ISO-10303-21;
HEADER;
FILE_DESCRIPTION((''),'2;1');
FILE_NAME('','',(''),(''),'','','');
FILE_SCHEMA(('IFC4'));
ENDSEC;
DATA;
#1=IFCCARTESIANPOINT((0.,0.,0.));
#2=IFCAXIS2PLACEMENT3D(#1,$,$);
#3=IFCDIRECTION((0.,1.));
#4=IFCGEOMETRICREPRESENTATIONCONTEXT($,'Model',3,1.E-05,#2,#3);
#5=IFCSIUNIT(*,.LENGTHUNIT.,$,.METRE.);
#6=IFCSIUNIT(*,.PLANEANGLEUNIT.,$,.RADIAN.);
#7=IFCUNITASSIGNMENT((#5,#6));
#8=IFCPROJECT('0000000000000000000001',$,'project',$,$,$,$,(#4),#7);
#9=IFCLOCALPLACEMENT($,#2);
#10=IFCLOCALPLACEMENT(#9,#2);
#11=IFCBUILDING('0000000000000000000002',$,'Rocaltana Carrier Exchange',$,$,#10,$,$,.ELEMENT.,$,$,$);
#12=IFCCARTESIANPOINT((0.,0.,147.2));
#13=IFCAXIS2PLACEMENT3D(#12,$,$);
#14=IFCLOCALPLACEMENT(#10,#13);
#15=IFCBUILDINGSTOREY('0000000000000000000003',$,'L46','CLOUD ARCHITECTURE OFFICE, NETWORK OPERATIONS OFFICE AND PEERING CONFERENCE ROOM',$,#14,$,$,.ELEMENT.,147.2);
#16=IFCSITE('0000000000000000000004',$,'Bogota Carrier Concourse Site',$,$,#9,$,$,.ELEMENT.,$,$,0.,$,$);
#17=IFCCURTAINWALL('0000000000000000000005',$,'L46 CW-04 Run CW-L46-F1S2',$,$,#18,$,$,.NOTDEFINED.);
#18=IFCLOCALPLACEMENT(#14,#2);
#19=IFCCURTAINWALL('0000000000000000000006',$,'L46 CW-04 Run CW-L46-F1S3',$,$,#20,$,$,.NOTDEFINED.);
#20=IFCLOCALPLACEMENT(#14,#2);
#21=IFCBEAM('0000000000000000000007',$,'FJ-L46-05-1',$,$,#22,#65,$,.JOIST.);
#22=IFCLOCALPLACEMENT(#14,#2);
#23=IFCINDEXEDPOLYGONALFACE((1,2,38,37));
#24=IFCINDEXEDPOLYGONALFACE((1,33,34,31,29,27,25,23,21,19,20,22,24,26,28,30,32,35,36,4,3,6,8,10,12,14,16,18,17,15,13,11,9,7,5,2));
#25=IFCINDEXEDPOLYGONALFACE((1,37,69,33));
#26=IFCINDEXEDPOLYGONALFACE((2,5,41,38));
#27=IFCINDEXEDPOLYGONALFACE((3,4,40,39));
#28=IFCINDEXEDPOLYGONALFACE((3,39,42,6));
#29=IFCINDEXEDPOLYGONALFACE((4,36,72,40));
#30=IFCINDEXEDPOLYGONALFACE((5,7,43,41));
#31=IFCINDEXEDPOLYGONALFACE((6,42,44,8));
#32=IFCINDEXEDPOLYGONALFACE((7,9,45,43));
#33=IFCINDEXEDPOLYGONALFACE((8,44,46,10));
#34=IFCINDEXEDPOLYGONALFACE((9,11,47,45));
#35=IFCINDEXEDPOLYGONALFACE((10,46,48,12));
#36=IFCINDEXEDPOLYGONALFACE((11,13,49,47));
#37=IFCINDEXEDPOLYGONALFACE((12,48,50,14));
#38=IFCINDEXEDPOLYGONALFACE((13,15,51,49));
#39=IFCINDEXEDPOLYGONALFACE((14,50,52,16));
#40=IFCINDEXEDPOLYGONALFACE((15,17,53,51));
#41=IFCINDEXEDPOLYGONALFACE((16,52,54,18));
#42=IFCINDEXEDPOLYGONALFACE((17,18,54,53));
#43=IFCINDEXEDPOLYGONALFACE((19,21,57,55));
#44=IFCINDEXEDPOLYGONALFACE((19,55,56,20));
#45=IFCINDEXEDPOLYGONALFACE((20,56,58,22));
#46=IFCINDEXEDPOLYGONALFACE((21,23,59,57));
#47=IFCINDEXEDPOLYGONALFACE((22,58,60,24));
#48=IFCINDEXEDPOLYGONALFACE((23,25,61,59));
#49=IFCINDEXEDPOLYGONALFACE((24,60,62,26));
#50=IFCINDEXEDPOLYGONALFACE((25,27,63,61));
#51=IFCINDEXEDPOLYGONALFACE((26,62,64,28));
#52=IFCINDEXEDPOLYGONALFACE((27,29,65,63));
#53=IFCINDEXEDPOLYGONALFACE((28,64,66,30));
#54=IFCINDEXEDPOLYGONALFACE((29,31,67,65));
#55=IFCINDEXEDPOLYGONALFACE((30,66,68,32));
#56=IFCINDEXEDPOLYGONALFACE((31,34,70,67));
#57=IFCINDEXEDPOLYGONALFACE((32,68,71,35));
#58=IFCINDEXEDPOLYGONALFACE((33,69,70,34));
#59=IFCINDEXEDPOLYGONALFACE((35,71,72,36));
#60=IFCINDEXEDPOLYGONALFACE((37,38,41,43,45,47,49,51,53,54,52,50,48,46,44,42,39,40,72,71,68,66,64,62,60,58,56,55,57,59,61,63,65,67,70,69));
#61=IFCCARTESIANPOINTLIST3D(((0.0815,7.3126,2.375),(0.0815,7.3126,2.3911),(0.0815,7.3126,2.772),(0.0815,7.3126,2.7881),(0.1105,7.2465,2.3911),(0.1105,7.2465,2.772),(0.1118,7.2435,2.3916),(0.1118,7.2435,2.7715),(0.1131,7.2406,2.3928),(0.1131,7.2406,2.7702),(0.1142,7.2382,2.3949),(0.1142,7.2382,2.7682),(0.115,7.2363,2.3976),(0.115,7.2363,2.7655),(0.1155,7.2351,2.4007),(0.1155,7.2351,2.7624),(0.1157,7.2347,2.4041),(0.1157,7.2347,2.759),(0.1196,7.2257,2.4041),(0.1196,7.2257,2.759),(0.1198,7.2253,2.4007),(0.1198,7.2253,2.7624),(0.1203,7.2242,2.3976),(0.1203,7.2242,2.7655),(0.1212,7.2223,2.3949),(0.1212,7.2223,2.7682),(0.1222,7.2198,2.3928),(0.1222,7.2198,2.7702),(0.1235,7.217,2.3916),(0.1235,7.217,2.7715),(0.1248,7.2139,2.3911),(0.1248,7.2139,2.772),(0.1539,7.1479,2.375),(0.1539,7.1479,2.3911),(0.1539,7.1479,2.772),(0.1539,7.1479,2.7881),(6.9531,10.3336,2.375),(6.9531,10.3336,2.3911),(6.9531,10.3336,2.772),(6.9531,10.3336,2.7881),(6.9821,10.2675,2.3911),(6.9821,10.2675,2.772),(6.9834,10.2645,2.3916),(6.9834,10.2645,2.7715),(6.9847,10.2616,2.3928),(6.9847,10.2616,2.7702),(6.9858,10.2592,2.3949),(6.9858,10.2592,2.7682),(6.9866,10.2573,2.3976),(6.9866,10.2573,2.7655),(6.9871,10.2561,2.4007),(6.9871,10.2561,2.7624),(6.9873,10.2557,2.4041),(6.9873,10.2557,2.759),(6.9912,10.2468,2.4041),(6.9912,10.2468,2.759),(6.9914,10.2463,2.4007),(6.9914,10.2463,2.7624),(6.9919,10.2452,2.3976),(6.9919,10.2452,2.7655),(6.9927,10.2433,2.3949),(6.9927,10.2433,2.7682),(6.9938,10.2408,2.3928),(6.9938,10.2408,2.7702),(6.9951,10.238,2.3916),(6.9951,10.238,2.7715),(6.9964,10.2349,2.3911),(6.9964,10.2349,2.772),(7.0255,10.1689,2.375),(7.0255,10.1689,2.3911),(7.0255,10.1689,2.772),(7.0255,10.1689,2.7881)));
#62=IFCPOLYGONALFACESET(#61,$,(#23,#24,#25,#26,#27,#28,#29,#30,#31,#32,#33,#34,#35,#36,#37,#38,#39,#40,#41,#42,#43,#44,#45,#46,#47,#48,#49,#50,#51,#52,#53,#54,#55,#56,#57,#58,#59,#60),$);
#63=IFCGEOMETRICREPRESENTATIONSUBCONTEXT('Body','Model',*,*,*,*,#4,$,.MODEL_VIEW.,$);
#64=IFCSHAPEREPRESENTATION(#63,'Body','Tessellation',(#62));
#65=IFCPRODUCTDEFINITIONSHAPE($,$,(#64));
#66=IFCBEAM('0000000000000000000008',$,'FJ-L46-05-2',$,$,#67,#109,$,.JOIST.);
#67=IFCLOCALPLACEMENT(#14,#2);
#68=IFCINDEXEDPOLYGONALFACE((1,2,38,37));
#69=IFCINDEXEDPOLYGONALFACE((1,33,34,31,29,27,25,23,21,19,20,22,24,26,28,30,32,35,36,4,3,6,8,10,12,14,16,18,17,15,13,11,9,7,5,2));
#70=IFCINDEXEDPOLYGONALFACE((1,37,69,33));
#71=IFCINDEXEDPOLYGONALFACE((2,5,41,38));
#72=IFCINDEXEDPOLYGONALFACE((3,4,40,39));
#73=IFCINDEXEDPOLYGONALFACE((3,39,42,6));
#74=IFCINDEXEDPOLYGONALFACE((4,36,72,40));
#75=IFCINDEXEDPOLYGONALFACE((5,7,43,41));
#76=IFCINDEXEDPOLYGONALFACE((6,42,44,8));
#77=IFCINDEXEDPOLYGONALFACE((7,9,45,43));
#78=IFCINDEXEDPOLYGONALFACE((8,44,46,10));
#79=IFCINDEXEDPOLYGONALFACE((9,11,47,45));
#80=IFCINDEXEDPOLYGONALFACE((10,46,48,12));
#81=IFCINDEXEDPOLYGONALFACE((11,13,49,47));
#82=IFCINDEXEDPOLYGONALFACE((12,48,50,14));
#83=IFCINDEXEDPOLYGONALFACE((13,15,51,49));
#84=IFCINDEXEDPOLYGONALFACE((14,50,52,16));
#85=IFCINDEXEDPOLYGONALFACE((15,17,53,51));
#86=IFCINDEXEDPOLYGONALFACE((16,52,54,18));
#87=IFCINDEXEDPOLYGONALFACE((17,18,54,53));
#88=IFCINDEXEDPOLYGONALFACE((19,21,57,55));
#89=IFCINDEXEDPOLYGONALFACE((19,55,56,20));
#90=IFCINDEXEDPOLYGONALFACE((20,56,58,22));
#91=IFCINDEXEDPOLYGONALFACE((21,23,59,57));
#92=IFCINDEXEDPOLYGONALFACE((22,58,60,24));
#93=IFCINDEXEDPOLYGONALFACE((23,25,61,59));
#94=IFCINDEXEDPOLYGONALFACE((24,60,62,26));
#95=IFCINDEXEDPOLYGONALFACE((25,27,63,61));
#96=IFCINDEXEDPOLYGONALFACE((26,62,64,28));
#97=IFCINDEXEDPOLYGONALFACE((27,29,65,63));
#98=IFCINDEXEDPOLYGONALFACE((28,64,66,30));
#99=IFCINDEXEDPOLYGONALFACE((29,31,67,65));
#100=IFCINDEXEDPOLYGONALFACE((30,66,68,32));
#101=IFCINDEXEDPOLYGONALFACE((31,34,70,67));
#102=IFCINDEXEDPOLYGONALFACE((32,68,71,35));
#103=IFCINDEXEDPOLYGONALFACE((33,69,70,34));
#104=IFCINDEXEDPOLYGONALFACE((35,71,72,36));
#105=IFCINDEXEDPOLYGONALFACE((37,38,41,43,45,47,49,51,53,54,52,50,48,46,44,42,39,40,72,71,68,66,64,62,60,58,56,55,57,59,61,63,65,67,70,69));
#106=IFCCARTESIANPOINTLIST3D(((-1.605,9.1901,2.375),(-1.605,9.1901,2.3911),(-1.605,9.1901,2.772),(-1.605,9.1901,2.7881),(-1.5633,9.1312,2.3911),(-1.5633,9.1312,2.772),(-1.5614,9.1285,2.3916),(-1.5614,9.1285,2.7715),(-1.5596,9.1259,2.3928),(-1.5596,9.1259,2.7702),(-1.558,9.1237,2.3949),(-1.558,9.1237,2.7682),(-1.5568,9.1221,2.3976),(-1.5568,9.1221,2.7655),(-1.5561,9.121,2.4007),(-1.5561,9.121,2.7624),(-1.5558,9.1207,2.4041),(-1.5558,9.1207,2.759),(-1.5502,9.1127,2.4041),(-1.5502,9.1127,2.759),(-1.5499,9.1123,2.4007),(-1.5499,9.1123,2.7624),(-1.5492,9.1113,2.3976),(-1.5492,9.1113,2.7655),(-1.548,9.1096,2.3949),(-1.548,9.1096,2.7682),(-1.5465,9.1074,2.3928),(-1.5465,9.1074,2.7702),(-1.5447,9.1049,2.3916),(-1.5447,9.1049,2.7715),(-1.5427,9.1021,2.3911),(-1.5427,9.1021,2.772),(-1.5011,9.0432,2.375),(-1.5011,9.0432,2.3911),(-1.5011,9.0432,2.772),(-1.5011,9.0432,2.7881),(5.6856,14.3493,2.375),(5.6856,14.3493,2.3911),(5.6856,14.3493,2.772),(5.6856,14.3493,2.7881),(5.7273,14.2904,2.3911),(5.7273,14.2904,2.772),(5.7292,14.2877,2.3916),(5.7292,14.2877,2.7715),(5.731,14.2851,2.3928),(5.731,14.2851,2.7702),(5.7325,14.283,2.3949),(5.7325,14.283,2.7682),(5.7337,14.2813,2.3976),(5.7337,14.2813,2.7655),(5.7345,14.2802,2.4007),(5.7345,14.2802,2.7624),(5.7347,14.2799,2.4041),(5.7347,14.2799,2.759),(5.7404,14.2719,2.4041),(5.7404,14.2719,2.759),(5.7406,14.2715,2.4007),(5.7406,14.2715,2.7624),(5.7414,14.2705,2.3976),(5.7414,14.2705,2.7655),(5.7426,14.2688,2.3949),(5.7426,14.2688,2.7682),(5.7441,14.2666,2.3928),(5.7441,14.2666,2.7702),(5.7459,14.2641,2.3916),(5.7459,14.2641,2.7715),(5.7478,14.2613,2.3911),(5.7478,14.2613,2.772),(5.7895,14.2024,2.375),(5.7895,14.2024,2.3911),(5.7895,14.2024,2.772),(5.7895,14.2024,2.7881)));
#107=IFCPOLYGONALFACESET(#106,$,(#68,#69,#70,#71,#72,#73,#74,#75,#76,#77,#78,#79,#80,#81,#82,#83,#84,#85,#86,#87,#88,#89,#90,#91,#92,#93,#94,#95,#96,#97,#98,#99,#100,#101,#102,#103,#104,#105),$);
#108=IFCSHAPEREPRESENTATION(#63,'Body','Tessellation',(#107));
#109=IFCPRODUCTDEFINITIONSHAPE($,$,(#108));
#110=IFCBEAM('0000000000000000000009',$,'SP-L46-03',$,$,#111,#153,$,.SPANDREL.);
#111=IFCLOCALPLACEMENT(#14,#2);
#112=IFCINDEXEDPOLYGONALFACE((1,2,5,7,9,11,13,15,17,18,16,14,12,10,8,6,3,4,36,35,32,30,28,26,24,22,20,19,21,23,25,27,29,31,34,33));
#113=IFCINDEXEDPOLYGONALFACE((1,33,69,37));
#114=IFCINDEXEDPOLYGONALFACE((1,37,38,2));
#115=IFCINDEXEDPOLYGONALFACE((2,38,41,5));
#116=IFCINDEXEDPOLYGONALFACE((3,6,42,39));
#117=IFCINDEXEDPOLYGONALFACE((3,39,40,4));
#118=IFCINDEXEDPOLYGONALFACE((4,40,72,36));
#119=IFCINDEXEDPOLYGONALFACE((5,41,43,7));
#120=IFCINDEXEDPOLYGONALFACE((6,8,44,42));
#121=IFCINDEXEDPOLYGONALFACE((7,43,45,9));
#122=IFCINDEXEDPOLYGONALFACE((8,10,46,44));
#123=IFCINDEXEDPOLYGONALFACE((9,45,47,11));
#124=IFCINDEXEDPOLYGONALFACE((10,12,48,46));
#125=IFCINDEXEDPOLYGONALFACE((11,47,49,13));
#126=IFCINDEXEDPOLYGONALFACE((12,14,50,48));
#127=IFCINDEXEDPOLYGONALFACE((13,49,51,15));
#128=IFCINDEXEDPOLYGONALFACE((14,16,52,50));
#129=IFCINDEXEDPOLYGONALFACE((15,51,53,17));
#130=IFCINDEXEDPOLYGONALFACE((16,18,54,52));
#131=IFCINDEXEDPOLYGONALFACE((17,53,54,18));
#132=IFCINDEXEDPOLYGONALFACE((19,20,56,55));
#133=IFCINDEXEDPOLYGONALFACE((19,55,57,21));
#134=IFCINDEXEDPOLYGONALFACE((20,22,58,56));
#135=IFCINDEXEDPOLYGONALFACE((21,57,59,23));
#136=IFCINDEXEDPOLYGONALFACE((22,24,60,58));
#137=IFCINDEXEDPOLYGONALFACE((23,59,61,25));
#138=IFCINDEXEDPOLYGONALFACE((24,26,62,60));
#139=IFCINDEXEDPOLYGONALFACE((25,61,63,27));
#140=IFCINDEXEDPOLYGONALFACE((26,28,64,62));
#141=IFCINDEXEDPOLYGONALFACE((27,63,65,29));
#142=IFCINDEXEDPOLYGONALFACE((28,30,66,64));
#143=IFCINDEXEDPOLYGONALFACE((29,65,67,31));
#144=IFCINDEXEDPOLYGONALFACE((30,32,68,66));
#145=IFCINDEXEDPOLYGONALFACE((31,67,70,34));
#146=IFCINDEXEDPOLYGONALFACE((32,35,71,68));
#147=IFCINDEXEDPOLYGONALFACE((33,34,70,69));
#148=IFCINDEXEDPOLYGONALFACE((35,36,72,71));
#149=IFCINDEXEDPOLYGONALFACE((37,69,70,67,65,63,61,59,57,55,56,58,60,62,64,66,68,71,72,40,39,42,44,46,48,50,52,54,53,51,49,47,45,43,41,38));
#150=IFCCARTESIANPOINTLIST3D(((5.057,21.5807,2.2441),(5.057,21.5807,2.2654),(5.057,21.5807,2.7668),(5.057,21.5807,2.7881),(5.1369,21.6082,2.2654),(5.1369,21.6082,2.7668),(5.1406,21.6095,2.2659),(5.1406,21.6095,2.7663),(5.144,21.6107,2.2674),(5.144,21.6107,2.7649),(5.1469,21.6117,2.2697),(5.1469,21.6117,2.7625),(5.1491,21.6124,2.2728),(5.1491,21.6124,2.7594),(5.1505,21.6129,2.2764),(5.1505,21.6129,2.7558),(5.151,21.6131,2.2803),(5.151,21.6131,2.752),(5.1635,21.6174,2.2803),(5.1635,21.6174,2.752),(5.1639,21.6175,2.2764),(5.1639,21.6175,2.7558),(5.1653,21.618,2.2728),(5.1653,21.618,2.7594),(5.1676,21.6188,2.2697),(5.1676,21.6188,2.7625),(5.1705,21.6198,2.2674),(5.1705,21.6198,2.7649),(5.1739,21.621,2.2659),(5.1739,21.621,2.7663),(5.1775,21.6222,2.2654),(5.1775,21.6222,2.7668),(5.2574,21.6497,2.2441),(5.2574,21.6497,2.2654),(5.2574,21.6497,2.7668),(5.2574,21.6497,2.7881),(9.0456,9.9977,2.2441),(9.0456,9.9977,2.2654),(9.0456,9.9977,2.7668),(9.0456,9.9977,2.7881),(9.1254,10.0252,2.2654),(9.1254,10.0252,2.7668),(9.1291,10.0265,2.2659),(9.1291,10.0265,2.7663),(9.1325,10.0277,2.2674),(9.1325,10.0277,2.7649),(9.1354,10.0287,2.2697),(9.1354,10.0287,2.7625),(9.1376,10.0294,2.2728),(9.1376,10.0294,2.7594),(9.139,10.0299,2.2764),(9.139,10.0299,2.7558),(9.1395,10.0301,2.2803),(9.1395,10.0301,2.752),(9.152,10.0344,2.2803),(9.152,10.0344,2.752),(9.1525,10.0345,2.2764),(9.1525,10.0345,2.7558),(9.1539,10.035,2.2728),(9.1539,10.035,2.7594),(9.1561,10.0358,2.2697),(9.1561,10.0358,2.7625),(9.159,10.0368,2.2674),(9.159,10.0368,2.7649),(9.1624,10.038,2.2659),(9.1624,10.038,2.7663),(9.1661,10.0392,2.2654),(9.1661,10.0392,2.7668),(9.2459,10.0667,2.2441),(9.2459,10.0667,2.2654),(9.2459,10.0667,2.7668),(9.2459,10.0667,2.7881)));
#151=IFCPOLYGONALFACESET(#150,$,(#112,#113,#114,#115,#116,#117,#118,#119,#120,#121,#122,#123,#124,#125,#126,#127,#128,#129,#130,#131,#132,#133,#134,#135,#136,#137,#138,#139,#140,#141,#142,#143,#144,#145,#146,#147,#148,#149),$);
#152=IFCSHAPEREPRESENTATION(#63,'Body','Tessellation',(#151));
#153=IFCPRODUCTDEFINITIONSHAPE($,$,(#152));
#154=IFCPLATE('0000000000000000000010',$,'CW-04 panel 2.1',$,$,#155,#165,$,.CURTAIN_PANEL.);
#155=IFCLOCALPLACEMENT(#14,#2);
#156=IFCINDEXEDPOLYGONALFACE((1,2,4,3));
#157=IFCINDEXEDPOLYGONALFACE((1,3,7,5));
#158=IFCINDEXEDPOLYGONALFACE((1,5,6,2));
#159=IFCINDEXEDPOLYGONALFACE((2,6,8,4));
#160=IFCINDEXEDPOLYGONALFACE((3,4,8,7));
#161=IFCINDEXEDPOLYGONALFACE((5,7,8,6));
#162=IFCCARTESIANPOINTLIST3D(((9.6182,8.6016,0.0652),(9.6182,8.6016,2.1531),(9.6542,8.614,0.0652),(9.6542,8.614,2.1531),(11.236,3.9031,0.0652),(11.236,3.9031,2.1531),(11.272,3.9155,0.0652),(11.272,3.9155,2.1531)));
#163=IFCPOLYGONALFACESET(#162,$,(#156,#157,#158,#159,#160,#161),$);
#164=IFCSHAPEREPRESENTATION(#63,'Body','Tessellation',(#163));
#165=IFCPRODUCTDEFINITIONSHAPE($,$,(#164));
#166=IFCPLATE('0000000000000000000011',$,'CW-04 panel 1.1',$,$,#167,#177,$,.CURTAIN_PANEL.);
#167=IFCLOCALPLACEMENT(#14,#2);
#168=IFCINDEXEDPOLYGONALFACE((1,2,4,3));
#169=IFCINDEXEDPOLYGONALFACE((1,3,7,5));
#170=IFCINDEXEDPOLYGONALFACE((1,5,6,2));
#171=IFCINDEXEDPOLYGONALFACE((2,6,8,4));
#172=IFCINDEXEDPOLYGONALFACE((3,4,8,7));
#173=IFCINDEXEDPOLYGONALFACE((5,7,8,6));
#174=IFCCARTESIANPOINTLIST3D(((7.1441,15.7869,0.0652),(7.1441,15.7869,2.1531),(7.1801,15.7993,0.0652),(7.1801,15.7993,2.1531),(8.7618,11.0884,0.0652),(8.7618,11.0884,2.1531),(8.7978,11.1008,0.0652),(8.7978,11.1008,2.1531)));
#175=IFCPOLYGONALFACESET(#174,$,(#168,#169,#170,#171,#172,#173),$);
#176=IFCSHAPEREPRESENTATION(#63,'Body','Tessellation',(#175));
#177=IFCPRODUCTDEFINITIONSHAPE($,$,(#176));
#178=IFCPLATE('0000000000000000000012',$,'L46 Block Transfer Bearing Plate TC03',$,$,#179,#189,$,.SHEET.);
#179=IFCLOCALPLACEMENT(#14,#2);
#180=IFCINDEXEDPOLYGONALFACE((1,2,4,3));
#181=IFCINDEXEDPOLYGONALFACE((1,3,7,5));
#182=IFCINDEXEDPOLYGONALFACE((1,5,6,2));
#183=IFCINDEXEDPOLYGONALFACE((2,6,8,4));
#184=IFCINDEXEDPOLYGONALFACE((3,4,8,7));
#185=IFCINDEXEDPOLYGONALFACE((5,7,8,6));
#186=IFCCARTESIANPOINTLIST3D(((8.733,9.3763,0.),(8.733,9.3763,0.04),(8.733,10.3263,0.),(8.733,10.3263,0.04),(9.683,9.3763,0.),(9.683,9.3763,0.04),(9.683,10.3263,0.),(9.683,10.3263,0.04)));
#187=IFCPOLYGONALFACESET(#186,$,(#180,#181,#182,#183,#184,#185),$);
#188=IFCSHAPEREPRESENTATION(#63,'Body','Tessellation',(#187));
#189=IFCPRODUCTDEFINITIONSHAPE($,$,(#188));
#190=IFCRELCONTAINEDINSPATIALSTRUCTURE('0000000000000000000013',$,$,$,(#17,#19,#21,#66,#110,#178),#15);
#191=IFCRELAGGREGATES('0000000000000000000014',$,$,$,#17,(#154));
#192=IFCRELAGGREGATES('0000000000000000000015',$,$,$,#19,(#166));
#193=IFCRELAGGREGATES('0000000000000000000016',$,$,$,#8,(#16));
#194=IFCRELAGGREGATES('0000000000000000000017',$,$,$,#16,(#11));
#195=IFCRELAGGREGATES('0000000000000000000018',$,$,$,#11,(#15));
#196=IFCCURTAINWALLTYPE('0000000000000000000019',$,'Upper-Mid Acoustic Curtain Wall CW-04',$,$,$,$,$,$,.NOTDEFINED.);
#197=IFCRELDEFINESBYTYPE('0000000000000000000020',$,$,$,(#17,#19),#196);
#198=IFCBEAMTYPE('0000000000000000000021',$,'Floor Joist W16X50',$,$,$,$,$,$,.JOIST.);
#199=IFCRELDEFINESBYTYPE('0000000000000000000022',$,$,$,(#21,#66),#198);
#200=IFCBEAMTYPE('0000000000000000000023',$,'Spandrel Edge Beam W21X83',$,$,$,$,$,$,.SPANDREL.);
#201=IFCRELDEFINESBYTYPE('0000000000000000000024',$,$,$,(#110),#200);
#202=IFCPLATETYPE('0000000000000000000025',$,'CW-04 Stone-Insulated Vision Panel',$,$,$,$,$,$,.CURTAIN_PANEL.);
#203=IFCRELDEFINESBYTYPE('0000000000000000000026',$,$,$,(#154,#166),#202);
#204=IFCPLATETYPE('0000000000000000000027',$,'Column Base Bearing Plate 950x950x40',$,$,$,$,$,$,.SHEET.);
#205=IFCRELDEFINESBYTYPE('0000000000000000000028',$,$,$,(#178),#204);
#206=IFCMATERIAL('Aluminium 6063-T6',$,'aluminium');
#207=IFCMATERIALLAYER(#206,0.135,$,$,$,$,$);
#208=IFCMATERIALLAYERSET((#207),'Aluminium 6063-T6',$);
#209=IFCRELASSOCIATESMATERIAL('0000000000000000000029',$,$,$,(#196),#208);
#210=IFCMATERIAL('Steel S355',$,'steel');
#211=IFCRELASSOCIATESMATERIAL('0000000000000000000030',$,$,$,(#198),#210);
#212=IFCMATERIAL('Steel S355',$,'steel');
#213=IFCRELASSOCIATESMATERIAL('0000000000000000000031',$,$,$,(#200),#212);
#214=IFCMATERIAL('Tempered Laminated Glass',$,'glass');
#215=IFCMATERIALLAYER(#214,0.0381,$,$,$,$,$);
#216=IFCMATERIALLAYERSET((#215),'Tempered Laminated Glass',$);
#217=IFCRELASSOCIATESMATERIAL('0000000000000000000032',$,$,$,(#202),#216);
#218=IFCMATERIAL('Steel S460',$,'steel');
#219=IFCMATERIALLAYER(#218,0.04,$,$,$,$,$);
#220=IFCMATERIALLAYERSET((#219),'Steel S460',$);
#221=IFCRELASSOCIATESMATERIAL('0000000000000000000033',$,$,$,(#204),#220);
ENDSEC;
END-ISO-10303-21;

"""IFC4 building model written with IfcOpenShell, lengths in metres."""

from ifc_helpers import new_model, si_unit, direction, frame, origin, origin_2d, place, context, subcontext, project, spatial, rectangle, i_section, extrude, material, layer, layer_set, material_profile, profile_set, type_object, element, aggregate, save


model = new_model("IFC4")

# Units and contexts
model_context = context("Model", 3, precision=1e-05, world=origin(), true_north=direction((0.0, 1.0)))
body_context = subcontext(model_context, "Body", "Model", "MODEL_VIEW")
ifc_project = project(units=[si_unit("LENGTHUNIT", "METRE"), si_unit("PLANEANGLEUNIT", "RADIAN")], contexts=[model_context])

# Site, building, storey
site_placement = place(None, origin())
site = spatial("IfcSite", under=ifc_project, at=site_placement, Name="Bogota Carrier Concourse Site", CompositionType="ELEMENT", RefElevation=0.0)
building_placement = place(site_placement, origin())
building = spatial("IfcBuilding", under=site, at=building_placement, Name="Rocaltana Carrier Exchange", CompositionType="ELEMENT")
storey_placement = place(building_placement, frame((0.0, 0.0, 147.2)))
storey = spatial("IfcBuildingStorey", under=building, at=storey_placement, Name="L46", Description="CLOUD ARCHITECTURE OFFICE, NETWORK OPERATIONS OFFICE AND PEERING CONFERENCE ROOM", CompositionType="ELEMENT", Elevation=147.2)

# Curtain wall
ifc_material_1 = material(Name="Aluminium 6063-T6", Category="aluminium")
ifc_layer_1 = layer(ifc_material_1, 0.135)
ifc_layer_set_1 = layer_set([ifc_layer_1], Name="Aluminium 6063-T6")
curtain_wall_type = type_object("IfcCurtainWallType", Name="Upper-Mid Acoustic Curtain Wall CW-04", PredefinedType="NOTDEFINED", material=ifc_layer_set_1)
curtain_wall_1_placement = place(storey_placement, origin())
curtain_wall_1 = element("IfcCurtainWall", 1, at=curtain_wall_1_placement, inside=storey, type_object=curtain_wall_type, Name="L46 CW-04 Run CW-L46-F1S2", PredefinedType="NOTDEFINED")

# Curtain wall
curtain_wall_2_placement = place(storey_placement, origin())
curtain_wall_2 = element("IfcCurtainWall", 2, at=curtain_wall_2_placement, inside=storey, type_object=curtain_wall_type, Name="L46 CW-04 Run CW-L46-F1S3", PredefinedType="NOTDEFINED")

# Beams
ifc_material_2 = material(Name="Steel S355", Category="steel")
ifc_material_profile_1 = material_profile(ifc_material_2, i_section(OverallWidth=0.1799, OverallDepth=0.4131, WebThickness=0.0098, FlangeThickness=0.0161, FilletRadius=0.0129, at=origin_2d()), Name="W16X50")
ifc_profile_set_1 = profile_set([ifc_material_profile_1], Name="Steel S355")
beam_type_1 = type_object("IfcBeamType", Name="Floor Joist W16X50", PredefinedType="JOIST", material=ifc_profile_set_1)
beam_1_placement = place(storey_placement, frame((6.9893, 10.2512, 2.5815), z_axis=(-0.915438, -0.40246, 0.0), x_axis=(0.40246, -0.915438, 0.0)))
element("IfcBeam", 3, at=beam_1_placement, inside=storey, type_object=beam_type_1, Name="FJ-L46-05-1", PredefinedType="JOIST", context=body_context, shape_type="SweptSolid", body=[
    extrude(i_section(OverallWidth=0.1799, OverallDepth=0.4131, WebThickness=0.0098, FlangeThickness=0.0161, FilletRadius=0.0129, at=origin_2d()), origin(), (0.0, 0.0, 1.0), 7.5063),
])
beam_2_placement = place(storey_placement, frame((5.7375, 14.2759, 2.5815), z_axis=(-0.816285, -0.577649, 0.0), x_axis=(0.577649, -0.816285, 0.0)))
element("IfcBeam", 4, at=beam_2_placement, inside=storey, type_object=beam_type_1, Name="FJ-L46-05-2", PredefinedType="JOIST", context=body_context, shape_type="SweptSolid", body=[
    extrude(i_section(OverallWidth=0.1799, OverallDepth=0.4131, WebThickness=0.0098, FlangeThickness=0.0161, FilletRadius=0.0129, at=origin_2d()), origin(), (0.0, 0.0, 1.0), 8.9314),
])
ifc_material_3 = material(Name="Steel S355", Category="steel")
ifc_material_profile_2 = material_profile(ifc_material_3, i_section(OverallWidth=0.2119, OverallDepth=0.5439, WebThickness=0.0132, FlangeThickness=0.0212, FilletRadius=0.0149, at=origin_2d()), Name="W21X83")
ifc_profile_set_2 = profile_set([ifc_material_profile_2], Name="Steel S355")
beam_type_2 = type_object("IfcBeamType", Name="Spandrel Edge Beam W21X83", PredefinedType="SPANDREL", material=ifc_profile_set_2)
beam_3_placement = place(storey_placement, frame((9.1458, 10.0322, 2.5161), z_axis=(-0.325581, 0.945514, 0.0), x_axis=(-0.945514, -0.325581, 0.0)))
element("IfcBeam", 5, at=beam_3_placement, inside=storey, type_object=beam_type_2, Name="SP-L46-03", PredefinedType="SPANDREL", context=body_context, shape_type="SweptSolid", body=[
    extrude(i_section(OverallWidth=0.2119, OverallDepth=0.5439, WebThickness=0.0132, FlangeThickness=0.0212, FilletRadius=0.0149, at=origin_2d()), origin(), (0.0, 0.0, 1.0), 12.2505),
])

# Plates
ifc_material_4 = material(Name="Tempered Laminated Glass", Category="glass")
ifc_layer_2 = layer(ifc_material_4, 0.0381)
ifc_layer_set_2 = layer_set([ifc_layer_2], Name="Tempered Laminated Glass")
plate_type_1 = type_object("IfcPlateType", Name="CW-04 Stone-Insulated Vision Panel", PredefinedType="CURTAIN_PANEL", material=ifc_layer_set_2)
plate_1_placement = place(storey_placement, frame((10.4451, 6.2585, 0.0652), z_axis=(0.0, 0.0, 1.0), x_axis=(-0.325562, 0.945521, 0.0)))
plate_1 = element("IfcPlate", 6, at=plate_1_placement, type_object=plate_type_1, Name="CW-04 panel 2.1", PredefinedType="CURTAIN_PANEL", context=body_context, shape_type="SweptSolid", body=[
    extrude(rectangle(XDim=4.9692, YDim=0.0381, at=origin_2d()), origin(), (0.0, 0.0, 1.0), 2.0879),
])
aggregate(curtain_wall_1, [plate_1])
plate_2_placement = place(storey_placement, frame((7.9709, 13.4438, 0.0652), z_axis=(0.0, 0.0, 1.0), x_axis=(-0.325559, 0.945522, 0.0)))
plate_2 = element("IfcPlate", 7, at=plate_2_placement, type_object=plate_type_1, Name="CW-04 panel 1.1", PredefinedType="CURTAIN_PANEL", context=body_context, shape_type="SweptSolid", body=[
    extrude(rectangle(XDim=4.9692, YDim=0.0381, at=origin_2d()), origin(), (0.0, 0.0, 1.0), 2.0879),
])
aggregate(curtain_wall_2, [plate_2])
ifc_material_5 = material(Name="Steel S460", Category="steel")
ifc_layer_3 = layer(ifc_material_5, 0.04)
ifc_layer_set_3 = layer_set([ifc_layer_3], Name="Steel S460")
plate_type_2 = type_object("IfcPlateType", Name="Column Base Bearing Plate 950x950x40", PredefinedType="SHEET", material=ifc_layer_set_3)
plate_3_placement = place(storey_placement, frame((9.208, 9.8513, 0.0), z_axis=(0.0, 0.0, 1.0), x_axis=(1.0, 0.0, 0.0)))
element("IfcPlate", 8, at=plate_3_placement, inside=storey, type_object=plate_type_2, Name="L46 Block Transfer Bearing Plate TC03", PredefinedType="SHEET", context=body_context, shape_type="SweptSolid", body=[
    extrude(rectangle(XDim=0.95, YDim=0.95, at=origin_2d()), origin(), (0.0, 0.0, 1.0), 0.04),
])

save(model, "model.ifc")
